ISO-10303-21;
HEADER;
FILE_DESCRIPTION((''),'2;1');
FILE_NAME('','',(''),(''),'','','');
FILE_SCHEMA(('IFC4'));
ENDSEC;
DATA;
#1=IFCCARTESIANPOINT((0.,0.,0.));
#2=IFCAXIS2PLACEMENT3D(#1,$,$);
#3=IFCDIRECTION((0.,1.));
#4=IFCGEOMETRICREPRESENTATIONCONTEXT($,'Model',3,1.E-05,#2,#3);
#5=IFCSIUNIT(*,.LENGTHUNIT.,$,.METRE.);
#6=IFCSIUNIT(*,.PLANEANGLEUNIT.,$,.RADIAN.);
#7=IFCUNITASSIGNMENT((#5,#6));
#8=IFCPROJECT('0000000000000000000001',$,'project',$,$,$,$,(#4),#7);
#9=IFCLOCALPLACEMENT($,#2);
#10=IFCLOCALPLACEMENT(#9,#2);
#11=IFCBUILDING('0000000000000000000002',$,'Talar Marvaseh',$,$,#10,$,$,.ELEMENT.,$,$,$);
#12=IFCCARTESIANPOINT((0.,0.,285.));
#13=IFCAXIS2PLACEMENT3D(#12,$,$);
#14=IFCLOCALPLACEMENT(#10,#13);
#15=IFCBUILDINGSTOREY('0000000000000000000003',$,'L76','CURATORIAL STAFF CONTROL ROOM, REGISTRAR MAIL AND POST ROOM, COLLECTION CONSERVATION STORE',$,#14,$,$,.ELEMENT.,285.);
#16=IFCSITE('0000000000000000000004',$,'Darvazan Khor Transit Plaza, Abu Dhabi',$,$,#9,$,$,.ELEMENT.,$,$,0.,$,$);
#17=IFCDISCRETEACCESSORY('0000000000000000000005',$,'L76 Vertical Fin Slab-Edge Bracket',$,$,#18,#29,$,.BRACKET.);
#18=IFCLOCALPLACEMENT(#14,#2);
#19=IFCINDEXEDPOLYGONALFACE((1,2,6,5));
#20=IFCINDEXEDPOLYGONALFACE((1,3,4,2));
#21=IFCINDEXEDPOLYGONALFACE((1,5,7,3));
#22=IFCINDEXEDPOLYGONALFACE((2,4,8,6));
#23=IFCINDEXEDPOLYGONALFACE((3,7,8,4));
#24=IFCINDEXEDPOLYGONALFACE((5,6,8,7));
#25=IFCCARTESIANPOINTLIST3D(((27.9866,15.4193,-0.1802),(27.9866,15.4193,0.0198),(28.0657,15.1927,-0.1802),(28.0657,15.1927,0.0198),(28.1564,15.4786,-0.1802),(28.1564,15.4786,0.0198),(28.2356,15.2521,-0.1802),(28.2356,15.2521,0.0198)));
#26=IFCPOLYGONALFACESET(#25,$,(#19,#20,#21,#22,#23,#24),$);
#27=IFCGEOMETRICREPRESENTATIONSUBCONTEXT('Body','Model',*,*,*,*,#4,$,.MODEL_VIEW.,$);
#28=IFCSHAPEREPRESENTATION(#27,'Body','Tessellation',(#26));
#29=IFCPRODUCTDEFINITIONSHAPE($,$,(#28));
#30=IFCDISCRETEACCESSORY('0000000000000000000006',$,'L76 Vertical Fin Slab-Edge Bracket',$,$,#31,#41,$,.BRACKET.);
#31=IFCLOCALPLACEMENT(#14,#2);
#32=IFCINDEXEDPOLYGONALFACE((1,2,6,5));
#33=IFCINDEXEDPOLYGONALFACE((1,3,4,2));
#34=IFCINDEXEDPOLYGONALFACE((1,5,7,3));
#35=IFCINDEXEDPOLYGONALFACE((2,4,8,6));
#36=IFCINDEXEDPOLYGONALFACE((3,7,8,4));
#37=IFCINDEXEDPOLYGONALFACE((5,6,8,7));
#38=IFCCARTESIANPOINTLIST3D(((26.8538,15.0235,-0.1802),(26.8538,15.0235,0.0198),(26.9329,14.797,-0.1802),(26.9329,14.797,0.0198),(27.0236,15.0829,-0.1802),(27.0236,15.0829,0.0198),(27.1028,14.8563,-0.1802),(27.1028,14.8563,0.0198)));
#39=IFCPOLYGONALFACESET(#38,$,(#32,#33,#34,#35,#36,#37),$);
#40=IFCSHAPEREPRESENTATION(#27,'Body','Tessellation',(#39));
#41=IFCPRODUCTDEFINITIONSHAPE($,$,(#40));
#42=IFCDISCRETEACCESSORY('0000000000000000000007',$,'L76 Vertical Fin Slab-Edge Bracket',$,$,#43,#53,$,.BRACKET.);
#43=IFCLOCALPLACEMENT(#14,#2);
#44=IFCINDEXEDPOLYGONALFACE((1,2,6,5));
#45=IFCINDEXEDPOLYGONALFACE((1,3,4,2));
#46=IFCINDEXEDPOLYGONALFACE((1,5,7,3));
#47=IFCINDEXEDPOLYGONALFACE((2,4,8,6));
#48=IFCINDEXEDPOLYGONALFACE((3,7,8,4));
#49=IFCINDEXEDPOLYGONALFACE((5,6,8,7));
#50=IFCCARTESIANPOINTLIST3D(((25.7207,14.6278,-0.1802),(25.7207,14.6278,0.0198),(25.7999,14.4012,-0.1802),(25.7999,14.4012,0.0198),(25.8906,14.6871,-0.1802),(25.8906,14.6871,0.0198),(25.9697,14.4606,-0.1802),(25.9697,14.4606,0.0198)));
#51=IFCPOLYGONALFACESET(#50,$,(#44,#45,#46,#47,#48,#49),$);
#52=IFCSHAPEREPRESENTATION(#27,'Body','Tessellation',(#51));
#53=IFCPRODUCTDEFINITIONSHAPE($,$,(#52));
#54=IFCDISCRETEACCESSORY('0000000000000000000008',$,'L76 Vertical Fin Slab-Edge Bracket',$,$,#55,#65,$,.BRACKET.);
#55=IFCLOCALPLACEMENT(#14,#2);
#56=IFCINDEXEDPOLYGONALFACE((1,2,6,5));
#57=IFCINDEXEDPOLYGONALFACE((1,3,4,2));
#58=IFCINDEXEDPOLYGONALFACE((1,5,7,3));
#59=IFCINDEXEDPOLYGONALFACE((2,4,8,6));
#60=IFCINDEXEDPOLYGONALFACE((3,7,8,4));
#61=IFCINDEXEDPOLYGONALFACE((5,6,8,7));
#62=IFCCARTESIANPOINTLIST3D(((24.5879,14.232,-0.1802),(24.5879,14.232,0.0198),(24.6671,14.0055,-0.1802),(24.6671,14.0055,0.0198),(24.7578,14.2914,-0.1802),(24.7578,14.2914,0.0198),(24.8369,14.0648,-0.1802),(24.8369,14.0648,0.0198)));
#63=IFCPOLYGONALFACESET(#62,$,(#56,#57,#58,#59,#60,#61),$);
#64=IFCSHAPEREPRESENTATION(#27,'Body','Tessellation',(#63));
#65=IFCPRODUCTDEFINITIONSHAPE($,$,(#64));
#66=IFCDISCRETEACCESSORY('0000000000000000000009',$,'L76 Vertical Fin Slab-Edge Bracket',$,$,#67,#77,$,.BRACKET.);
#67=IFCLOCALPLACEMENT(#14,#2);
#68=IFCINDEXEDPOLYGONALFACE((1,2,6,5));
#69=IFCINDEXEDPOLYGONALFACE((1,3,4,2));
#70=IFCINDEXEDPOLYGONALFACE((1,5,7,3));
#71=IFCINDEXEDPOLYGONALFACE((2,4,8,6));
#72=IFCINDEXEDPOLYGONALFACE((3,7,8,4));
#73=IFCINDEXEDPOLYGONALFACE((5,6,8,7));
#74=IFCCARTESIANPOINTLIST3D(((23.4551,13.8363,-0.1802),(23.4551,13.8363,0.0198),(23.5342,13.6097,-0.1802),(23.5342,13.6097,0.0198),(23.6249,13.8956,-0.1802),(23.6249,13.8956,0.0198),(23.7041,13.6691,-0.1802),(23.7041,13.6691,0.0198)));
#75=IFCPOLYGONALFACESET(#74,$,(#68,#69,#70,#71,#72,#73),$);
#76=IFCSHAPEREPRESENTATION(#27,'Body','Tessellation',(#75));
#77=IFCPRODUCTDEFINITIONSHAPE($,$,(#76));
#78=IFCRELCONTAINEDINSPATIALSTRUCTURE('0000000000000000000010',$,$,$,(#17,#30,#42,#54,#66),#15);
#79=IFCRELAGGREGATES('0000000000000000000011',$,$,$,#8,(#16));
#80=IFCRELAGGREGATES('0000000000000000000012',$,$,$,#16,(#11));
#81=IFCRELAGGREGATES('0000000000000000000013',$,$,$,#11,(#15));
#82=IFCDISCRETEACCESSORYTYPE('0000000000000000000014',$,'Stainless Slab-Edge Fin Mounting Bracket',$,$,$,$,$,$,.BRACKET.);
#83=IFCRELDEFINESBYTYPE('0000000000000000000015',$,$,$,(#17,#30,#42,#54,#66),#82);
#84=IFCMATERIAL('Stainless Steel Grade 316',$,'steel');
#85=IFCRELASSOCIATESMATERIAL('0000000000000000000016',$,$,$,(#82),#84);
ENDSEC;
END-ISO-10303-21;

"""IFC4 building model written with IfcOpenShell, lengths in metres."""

from ifc_helpers import new_model, si_unit, direction, frame, origin, origin_2d, place, context, subcontext, project, spatial, rectangle, extrude, source, transform, mapped, material, type_object, type_shapes, element, save


model = new_model("IFC4")

# Units and contexts
model_context = context("Model", 3, precision=1e-05, world=origin(), true_north=direction((0.0, 1.0)))
body_context = subcontext(model_context, "Body", "Model", "MODEL_VIEW")
ifc_project = project(units=[si_unit("LENGTHUNIT", "METRE"), si_unit("PLANEANGLEUNIT", "RADIAN")], contexts=[model_context])

# Site, building, storey
site_placement = place(None, origin())
site = spatial("IfcSite", under=ifc_project, at=site_placement, Name="Darvazan Khor Transit Plaza, Abu Dhabi", CompositionType="ELEMENT", RefElevation=0.0)
building_placement = place(site_placement, origin())
building = spatial("IfcBuilding", under=site, at=building_placement, Name="Talar Marvaseh", CompositionType="ELEMENT")
storey_placement = place(building_placement, frame((0.0, 0.0, 285.0)))
storey = spatial("IfcBuildingStorey", under=building, at=storey_placement, Name="L76", Description="CURATORIAL STAFF CONTROL ROOM, REGISTRAR MAIL AND POST ROOM, COLLECTION CONSERVATION STORE", CompositionType="ELEMENT", Elevation=285.0)

# Discrete accessories
ifc_material_1 = material(Name="Stainless Steel Grade 316", Category="steel")
discrete_accessory_type = type_object("IfcDiscreteAccessoryType", Name="Stainless Slab-Edge Fin Mounting Bracket", PredefinedType="BRACKET", material=ifc_material_1)
shared_shape_1 = source(origin(), body_context, "Body", "SweptSolid", [
    extrude(rectangle(XDim=0.24, YDim=0.1799, at=origin_2d()), origin(), (0.0, 0.0, 1.0), 0.2),
])
type_shapes(discrete_accessory_type, [shared_shape_1])
for number, where, z_axis, x_axis, name in (
    (1, (28.1111, 15.3357, -0.1802), (0.0, 0.0, 1.0), (0.329855, -0.944031, 0.0), "L76 Vertical Fin Slab-Edge Bracket"),
    (2, (26.9783, 14.9399, -0.1802), (0.0, 0.0, 1.0), (0.329855, -0.944031, 0.0), "L76 Vertical Fin Slab-Edge Bracket"),
    (3, (25.8452, 14.5442, -0.1802), (0.0, 0.0, 1.0), (0.329855, -0.944031, 0.0), "L76 Vertical Fin Slab-Edge Bracket"),
    (4, (24.7124, 14.1484, -0.1802), (0.0, 0.0, 1.0), (0.329855, -0.944031, 0.0), "L76 Vertical Fin Slab-Edge Bracket"),
    (5, (23.5796, 13.7527, -0.1802), (0.0, 0.0, 1.0), (0.329855, -0.944031, 0.0), "L76 Vertical Fin Slab-Edge Bracket"),
):
    element("IfcDiscreteAccessory", number, at=place(storey_placement, frame(where, z_axis=z_axis, x_axis=x_axis)), inside=storey, type_object=discrete_accessory_type, Name=name, PredefinedType="BRACKET", context=body_context, shape_type="MappedRepresentation", body=[
        mapped(shared_shape_1, transform((0.0, 0.0, 0.0), x_axis=(1.0, 0.0, 0.0), y_axis=(0.0, 1.0, 0.0), z_axis=(0.0, 0.0, 1.0), scale=1.0)),
    ])

save(model, "model.ifc")
